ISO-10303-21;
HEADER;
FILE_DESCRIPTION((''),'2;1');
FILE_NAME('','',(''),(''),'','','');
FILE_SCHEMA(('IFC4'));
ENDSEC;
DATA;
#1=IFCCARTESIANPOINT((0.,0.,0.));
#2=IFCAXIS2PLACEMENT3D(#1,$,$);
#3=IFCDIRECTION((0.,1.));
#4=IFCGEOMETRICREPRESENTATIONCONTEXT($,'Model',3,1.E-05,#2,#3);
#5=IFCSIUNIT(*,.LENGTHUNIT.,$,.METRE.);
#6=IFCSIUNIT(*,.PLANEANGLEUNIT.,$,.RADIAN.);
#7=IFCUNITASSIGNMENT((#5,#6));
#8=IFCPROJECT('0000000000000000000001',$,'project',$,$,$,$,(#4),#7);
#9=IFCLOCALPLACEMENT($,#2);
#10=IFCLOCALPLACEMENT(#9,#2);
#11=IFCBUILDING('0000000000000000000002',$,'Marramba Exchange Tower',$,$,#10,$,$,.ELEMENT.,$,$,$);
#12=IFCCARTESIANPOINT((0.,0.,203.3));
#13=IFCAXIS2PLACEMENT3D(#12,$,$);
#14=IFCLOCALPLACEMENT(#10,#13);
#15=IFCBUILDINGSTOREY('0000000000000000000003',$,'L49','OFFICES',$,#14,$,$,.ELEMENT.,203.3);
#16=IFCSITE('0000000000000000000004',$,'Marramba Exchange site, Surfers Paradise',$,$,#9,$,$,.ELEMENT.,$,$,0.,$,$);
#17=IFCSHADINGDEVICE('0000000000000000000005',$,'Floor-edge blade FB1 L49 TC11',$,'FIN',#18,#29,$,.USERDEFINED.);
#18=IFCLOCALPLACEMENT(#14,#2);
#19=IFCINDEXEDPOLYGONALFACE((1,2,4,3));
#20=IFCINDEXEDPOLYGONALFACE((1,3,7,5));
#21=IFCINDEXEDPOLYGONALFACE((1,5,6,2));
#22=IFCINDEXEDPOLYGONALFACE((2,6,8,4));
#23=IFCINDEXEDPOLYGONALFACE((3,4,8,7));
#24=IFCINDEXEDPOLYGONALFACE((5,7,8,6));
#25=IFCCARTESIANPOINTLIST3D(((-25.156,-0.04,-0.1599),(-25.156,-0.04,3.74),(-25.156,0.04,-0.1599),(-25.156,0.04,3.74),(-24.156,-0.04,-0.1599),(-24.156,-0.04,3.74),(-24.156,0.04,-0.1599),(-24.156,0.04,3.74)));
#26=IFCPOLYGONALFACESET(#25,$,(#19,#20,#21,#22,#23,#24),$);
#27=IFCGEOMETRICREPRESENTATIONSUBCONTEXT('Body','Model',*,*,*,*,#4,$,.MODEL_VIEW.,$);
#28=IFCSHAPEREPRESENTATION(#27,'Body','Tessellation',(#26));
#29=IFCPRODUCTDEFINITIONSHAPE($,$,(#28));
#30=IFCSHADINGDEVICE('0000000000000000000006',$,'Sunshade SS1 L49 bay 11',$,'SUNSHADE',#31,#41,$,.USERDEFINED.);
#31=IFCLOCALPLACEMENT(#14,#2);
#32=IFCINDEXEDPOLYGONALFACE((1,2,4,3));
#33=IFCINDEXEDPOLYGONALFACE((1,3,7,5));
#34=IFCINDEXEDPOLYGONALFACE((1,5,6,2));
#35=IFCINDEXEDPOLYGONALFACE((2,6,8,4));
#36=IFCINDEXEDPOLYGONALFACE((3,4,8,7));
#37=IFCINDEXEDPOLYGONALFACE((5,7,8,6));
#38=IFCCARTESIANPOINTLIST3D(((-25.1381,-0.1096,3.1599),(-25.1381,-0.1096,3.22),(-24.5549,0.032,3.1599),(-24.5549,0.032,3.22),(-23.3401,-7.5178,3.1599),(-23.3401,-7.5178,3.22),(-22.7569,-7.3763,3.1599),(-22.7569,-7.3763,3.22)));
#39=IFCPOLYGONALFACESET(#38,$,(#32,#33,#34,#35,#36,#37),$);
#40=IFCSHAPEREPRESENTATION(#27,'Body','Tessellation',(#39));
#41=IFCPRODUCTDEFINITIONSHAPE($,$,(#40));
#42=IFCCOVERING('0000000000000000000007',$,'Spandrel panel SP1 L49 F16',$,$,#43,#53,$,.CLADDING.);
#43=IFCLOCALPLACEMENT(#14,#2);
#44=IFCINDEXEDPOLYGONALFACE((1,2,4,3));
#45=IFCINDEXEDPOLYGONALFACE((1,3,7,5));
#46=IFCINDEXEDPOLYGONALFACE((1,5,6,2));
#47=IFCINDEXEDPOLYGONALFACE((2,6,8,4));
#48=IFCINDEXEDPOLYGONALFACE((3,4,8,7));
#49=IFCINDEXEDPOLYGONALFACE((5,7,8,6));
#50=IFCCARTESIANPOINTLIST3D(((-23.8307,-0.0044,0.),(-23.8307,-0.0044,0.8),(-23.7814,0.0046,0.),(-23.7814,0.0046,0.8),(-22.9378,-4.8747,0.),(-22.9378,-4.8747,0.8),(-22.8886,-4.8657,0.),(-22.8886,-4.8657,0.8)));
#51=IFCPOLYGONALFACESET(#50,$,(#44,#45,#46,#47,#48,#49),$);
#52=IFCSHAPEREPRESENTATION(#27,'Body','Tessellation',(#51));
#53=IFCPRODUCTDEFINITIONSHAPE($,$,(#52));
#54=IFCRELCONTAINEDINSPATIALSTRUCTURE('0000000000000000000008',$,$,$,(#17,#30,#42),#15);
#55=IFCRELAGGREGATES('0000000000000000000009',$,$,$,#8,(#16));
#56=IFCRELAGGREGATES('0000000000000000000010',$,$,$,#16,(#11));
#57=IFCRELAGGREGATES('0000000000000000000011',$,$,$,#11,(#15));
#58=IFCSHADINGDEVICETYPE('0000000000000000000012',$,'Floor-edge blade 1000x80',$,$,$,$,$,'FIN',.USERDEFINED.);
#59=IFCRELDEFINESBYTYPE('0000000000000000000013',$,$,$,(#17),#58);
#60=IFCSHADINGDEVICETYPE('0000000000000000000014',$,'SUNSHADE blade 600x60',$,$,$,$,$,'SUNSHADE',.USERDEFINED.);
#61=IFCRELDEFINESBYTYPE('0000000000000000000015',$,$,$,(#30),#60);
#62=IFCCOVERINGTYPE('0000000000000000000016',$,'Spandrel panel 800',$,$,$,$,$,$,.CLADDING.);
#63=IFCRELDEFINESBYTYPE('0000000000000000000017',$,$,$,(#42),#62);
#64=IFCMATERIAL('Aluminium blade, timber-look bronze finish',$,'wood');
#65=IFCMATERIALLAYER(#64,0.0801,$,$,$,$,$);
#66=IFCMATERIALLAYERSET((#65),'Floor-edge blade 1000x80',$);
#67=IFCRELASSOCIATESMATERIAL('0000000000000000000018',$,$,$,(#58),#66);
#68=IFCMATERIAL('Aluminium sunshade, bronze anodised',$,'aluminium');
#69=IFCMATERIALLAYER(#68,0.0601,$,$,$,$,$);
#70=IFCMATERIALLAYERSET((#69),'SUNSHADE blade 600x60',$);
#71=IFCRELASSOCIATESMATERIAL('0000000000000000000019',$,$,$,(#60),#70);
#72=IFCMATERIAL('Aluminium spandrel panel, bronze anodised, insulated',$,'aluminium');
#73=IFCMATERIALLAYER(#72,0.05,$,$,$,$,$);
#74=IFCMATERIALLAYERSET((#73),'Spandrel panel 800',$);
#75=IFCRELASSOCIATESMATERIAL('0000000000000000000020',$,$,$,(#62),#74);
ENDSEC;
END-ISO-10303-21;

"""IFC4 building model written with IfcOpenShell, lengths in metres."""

from ifc_helpers import new_model, si_unit, direction, frame, origin, origin_2d, place, context, subcontext, project, spatial, rectangle, extrude, material, layer, layer_set, type_object, element, save


model = new_model("IFC4")

# Units and contexts
model_context = context("Model", 3, precision=1e-05, world=origin(), true_north=direction((0.0, 1.0)))
body_context = subcontext(model_context, "Body", "Model", "MODEL_VIEW")
ifc_project = project(units=[si_unit("LENGTHUNIT", "METRE"), si_unit("PLANEANGLEUNIT", "RADIAN")], contexts=[model_context])

# Site, building, storey
site_placement = place(None, origin())
site = spatial("IfcSite", under=ifc_project, at=site_placement, Name="Marramba Exchange site, Surfers Paradise", CompositionType="ELEMENT", RefElevation=0.0)
building_placement = place(site_placement, origin())
building = spatial("IfcBuilding", under=site, at=building_placement, Name="Marramba Exchange Tower", CompositionType="ELEMENT")
storey_placement = place(building_placement, frame((0.0, 0.0, 203.3)))
storey = spatial("IfcBuildingStorey", under=building, at=storey_placement, Name="L49", Description="OFFICES", CompositionType="ELEMENT", Elevation=203.3)

# Shading devices
ifc_material_1 = material(Name="Aluminium blade, timber-look bronze finish", Category="wood")
ifc_layer_1 = layer(ifc_material_1, 0.0801)
ifc_layer_set_1 = layer_set([ifc_layer_1], Name="Floor-edge blade 1000x80")
shading_device_type_1 = type_object("IfcShadingDeviceType", Name="Floor-edge blade 1000x80", ElementType="FIN", PredefinedType="USERDEFINED", material=ifc_layer_set_1)
shading_device_1_placement = place(storey_placement, frame((-24.656, 0.0, -0.1599), z_axis=(0.0, 0.0, 1.0), x_axis=(-1.0, 0.0, 0.0)))
element("IfcShadingDevice", 1, at=shading_device_1_placement, inside=storey, type_object=shading_device_type_1, Name="Floor-edge blade FB1 L49 TC11", ObjectType="FIN", PredefinedType="USERDEFINED", context=body_context, shape_type="SweptSolid", body=[
    extrude(rectangle(XDim=1.0, YDim=0.0801, at=origin_2d()), origin(), (0.0, 0.0, 1.0), 3.8999),
])
ifc_material_2 = material(Name="Aluminium sunshade, bronze anodised", Category="aluminium")
ifc_layer_2 = layer(ifc_material_2, 0.0601)
ifc_layer_set_2 = layer_set([ifc_layer_2], Name="SUNSHADE blade 600x60")
shading_device_type_2 = type_object("IfcShadingDeviceType", Name="SUNSHADE blade 600x60", ElementType="SUNSHADE", PredefinedType="USERDEFINED", material=ifc_layer_set_2)
shading_device_2_placement = place(storey_placement, frame((-23.9475, -3.7429, 3.1599), z_axis=(0.0, 0.0, 1.0), x_axis=(0.235861, -0.971787, 0.0)))
element("IfcShadingDevice", 2, at=shading_device_2_placement, inside=storey, type_object=shading_device_type_2, Name="Sunshade SS1 L49 bay 11", ObjectType="SUNSHADE", PredefinedType="USERDEFINED", context=body_context, shape_type="SweptSolid", body=[
    extrude(rectangle(XDim=7.6233, YDim=0.6001, at=origin_2d()), origin(), (0.0, 0.0, 1.0), 0.0601),
])

# Covering
ifc_material_3 = material(Name="Aluminium spandrel panel, bronze anodised, insulated", Category="aluminium")
ifc_layer_3 = layer(ifc_material_3, 0.05)
ifc_layer_set_3 = layer_set([ifc_layer_3], Name="Spandrel panel 800")
covering_type = type_object("IfcCoveringType", Name="Spandrel panel 800", PredefinedType="CLADDING", material=ifc_layer_set_3)
covering_placement = place(storey_placement, frame((-23.3596, -2.4351, 0.0), z_axis=(0.0, 0.0, 1.0), x_axis=(0.180327, -0.983607, 0.0)))
element("IfcCovering", 3, at=covering_placement, inside=storey, type_object=covering_type, Name="Spandrel panel SP1 L49 F16", PredefinedType="CLADDING", context=body_context, shape_type="SweptSolid", body=[
    extrude(rectangle(XDim=4.9514, YDim=0.05, at=origin_2d()), origin(), (0.0, 0.0, 1.0), 0.8),
])

save(model, "model.ifc")
